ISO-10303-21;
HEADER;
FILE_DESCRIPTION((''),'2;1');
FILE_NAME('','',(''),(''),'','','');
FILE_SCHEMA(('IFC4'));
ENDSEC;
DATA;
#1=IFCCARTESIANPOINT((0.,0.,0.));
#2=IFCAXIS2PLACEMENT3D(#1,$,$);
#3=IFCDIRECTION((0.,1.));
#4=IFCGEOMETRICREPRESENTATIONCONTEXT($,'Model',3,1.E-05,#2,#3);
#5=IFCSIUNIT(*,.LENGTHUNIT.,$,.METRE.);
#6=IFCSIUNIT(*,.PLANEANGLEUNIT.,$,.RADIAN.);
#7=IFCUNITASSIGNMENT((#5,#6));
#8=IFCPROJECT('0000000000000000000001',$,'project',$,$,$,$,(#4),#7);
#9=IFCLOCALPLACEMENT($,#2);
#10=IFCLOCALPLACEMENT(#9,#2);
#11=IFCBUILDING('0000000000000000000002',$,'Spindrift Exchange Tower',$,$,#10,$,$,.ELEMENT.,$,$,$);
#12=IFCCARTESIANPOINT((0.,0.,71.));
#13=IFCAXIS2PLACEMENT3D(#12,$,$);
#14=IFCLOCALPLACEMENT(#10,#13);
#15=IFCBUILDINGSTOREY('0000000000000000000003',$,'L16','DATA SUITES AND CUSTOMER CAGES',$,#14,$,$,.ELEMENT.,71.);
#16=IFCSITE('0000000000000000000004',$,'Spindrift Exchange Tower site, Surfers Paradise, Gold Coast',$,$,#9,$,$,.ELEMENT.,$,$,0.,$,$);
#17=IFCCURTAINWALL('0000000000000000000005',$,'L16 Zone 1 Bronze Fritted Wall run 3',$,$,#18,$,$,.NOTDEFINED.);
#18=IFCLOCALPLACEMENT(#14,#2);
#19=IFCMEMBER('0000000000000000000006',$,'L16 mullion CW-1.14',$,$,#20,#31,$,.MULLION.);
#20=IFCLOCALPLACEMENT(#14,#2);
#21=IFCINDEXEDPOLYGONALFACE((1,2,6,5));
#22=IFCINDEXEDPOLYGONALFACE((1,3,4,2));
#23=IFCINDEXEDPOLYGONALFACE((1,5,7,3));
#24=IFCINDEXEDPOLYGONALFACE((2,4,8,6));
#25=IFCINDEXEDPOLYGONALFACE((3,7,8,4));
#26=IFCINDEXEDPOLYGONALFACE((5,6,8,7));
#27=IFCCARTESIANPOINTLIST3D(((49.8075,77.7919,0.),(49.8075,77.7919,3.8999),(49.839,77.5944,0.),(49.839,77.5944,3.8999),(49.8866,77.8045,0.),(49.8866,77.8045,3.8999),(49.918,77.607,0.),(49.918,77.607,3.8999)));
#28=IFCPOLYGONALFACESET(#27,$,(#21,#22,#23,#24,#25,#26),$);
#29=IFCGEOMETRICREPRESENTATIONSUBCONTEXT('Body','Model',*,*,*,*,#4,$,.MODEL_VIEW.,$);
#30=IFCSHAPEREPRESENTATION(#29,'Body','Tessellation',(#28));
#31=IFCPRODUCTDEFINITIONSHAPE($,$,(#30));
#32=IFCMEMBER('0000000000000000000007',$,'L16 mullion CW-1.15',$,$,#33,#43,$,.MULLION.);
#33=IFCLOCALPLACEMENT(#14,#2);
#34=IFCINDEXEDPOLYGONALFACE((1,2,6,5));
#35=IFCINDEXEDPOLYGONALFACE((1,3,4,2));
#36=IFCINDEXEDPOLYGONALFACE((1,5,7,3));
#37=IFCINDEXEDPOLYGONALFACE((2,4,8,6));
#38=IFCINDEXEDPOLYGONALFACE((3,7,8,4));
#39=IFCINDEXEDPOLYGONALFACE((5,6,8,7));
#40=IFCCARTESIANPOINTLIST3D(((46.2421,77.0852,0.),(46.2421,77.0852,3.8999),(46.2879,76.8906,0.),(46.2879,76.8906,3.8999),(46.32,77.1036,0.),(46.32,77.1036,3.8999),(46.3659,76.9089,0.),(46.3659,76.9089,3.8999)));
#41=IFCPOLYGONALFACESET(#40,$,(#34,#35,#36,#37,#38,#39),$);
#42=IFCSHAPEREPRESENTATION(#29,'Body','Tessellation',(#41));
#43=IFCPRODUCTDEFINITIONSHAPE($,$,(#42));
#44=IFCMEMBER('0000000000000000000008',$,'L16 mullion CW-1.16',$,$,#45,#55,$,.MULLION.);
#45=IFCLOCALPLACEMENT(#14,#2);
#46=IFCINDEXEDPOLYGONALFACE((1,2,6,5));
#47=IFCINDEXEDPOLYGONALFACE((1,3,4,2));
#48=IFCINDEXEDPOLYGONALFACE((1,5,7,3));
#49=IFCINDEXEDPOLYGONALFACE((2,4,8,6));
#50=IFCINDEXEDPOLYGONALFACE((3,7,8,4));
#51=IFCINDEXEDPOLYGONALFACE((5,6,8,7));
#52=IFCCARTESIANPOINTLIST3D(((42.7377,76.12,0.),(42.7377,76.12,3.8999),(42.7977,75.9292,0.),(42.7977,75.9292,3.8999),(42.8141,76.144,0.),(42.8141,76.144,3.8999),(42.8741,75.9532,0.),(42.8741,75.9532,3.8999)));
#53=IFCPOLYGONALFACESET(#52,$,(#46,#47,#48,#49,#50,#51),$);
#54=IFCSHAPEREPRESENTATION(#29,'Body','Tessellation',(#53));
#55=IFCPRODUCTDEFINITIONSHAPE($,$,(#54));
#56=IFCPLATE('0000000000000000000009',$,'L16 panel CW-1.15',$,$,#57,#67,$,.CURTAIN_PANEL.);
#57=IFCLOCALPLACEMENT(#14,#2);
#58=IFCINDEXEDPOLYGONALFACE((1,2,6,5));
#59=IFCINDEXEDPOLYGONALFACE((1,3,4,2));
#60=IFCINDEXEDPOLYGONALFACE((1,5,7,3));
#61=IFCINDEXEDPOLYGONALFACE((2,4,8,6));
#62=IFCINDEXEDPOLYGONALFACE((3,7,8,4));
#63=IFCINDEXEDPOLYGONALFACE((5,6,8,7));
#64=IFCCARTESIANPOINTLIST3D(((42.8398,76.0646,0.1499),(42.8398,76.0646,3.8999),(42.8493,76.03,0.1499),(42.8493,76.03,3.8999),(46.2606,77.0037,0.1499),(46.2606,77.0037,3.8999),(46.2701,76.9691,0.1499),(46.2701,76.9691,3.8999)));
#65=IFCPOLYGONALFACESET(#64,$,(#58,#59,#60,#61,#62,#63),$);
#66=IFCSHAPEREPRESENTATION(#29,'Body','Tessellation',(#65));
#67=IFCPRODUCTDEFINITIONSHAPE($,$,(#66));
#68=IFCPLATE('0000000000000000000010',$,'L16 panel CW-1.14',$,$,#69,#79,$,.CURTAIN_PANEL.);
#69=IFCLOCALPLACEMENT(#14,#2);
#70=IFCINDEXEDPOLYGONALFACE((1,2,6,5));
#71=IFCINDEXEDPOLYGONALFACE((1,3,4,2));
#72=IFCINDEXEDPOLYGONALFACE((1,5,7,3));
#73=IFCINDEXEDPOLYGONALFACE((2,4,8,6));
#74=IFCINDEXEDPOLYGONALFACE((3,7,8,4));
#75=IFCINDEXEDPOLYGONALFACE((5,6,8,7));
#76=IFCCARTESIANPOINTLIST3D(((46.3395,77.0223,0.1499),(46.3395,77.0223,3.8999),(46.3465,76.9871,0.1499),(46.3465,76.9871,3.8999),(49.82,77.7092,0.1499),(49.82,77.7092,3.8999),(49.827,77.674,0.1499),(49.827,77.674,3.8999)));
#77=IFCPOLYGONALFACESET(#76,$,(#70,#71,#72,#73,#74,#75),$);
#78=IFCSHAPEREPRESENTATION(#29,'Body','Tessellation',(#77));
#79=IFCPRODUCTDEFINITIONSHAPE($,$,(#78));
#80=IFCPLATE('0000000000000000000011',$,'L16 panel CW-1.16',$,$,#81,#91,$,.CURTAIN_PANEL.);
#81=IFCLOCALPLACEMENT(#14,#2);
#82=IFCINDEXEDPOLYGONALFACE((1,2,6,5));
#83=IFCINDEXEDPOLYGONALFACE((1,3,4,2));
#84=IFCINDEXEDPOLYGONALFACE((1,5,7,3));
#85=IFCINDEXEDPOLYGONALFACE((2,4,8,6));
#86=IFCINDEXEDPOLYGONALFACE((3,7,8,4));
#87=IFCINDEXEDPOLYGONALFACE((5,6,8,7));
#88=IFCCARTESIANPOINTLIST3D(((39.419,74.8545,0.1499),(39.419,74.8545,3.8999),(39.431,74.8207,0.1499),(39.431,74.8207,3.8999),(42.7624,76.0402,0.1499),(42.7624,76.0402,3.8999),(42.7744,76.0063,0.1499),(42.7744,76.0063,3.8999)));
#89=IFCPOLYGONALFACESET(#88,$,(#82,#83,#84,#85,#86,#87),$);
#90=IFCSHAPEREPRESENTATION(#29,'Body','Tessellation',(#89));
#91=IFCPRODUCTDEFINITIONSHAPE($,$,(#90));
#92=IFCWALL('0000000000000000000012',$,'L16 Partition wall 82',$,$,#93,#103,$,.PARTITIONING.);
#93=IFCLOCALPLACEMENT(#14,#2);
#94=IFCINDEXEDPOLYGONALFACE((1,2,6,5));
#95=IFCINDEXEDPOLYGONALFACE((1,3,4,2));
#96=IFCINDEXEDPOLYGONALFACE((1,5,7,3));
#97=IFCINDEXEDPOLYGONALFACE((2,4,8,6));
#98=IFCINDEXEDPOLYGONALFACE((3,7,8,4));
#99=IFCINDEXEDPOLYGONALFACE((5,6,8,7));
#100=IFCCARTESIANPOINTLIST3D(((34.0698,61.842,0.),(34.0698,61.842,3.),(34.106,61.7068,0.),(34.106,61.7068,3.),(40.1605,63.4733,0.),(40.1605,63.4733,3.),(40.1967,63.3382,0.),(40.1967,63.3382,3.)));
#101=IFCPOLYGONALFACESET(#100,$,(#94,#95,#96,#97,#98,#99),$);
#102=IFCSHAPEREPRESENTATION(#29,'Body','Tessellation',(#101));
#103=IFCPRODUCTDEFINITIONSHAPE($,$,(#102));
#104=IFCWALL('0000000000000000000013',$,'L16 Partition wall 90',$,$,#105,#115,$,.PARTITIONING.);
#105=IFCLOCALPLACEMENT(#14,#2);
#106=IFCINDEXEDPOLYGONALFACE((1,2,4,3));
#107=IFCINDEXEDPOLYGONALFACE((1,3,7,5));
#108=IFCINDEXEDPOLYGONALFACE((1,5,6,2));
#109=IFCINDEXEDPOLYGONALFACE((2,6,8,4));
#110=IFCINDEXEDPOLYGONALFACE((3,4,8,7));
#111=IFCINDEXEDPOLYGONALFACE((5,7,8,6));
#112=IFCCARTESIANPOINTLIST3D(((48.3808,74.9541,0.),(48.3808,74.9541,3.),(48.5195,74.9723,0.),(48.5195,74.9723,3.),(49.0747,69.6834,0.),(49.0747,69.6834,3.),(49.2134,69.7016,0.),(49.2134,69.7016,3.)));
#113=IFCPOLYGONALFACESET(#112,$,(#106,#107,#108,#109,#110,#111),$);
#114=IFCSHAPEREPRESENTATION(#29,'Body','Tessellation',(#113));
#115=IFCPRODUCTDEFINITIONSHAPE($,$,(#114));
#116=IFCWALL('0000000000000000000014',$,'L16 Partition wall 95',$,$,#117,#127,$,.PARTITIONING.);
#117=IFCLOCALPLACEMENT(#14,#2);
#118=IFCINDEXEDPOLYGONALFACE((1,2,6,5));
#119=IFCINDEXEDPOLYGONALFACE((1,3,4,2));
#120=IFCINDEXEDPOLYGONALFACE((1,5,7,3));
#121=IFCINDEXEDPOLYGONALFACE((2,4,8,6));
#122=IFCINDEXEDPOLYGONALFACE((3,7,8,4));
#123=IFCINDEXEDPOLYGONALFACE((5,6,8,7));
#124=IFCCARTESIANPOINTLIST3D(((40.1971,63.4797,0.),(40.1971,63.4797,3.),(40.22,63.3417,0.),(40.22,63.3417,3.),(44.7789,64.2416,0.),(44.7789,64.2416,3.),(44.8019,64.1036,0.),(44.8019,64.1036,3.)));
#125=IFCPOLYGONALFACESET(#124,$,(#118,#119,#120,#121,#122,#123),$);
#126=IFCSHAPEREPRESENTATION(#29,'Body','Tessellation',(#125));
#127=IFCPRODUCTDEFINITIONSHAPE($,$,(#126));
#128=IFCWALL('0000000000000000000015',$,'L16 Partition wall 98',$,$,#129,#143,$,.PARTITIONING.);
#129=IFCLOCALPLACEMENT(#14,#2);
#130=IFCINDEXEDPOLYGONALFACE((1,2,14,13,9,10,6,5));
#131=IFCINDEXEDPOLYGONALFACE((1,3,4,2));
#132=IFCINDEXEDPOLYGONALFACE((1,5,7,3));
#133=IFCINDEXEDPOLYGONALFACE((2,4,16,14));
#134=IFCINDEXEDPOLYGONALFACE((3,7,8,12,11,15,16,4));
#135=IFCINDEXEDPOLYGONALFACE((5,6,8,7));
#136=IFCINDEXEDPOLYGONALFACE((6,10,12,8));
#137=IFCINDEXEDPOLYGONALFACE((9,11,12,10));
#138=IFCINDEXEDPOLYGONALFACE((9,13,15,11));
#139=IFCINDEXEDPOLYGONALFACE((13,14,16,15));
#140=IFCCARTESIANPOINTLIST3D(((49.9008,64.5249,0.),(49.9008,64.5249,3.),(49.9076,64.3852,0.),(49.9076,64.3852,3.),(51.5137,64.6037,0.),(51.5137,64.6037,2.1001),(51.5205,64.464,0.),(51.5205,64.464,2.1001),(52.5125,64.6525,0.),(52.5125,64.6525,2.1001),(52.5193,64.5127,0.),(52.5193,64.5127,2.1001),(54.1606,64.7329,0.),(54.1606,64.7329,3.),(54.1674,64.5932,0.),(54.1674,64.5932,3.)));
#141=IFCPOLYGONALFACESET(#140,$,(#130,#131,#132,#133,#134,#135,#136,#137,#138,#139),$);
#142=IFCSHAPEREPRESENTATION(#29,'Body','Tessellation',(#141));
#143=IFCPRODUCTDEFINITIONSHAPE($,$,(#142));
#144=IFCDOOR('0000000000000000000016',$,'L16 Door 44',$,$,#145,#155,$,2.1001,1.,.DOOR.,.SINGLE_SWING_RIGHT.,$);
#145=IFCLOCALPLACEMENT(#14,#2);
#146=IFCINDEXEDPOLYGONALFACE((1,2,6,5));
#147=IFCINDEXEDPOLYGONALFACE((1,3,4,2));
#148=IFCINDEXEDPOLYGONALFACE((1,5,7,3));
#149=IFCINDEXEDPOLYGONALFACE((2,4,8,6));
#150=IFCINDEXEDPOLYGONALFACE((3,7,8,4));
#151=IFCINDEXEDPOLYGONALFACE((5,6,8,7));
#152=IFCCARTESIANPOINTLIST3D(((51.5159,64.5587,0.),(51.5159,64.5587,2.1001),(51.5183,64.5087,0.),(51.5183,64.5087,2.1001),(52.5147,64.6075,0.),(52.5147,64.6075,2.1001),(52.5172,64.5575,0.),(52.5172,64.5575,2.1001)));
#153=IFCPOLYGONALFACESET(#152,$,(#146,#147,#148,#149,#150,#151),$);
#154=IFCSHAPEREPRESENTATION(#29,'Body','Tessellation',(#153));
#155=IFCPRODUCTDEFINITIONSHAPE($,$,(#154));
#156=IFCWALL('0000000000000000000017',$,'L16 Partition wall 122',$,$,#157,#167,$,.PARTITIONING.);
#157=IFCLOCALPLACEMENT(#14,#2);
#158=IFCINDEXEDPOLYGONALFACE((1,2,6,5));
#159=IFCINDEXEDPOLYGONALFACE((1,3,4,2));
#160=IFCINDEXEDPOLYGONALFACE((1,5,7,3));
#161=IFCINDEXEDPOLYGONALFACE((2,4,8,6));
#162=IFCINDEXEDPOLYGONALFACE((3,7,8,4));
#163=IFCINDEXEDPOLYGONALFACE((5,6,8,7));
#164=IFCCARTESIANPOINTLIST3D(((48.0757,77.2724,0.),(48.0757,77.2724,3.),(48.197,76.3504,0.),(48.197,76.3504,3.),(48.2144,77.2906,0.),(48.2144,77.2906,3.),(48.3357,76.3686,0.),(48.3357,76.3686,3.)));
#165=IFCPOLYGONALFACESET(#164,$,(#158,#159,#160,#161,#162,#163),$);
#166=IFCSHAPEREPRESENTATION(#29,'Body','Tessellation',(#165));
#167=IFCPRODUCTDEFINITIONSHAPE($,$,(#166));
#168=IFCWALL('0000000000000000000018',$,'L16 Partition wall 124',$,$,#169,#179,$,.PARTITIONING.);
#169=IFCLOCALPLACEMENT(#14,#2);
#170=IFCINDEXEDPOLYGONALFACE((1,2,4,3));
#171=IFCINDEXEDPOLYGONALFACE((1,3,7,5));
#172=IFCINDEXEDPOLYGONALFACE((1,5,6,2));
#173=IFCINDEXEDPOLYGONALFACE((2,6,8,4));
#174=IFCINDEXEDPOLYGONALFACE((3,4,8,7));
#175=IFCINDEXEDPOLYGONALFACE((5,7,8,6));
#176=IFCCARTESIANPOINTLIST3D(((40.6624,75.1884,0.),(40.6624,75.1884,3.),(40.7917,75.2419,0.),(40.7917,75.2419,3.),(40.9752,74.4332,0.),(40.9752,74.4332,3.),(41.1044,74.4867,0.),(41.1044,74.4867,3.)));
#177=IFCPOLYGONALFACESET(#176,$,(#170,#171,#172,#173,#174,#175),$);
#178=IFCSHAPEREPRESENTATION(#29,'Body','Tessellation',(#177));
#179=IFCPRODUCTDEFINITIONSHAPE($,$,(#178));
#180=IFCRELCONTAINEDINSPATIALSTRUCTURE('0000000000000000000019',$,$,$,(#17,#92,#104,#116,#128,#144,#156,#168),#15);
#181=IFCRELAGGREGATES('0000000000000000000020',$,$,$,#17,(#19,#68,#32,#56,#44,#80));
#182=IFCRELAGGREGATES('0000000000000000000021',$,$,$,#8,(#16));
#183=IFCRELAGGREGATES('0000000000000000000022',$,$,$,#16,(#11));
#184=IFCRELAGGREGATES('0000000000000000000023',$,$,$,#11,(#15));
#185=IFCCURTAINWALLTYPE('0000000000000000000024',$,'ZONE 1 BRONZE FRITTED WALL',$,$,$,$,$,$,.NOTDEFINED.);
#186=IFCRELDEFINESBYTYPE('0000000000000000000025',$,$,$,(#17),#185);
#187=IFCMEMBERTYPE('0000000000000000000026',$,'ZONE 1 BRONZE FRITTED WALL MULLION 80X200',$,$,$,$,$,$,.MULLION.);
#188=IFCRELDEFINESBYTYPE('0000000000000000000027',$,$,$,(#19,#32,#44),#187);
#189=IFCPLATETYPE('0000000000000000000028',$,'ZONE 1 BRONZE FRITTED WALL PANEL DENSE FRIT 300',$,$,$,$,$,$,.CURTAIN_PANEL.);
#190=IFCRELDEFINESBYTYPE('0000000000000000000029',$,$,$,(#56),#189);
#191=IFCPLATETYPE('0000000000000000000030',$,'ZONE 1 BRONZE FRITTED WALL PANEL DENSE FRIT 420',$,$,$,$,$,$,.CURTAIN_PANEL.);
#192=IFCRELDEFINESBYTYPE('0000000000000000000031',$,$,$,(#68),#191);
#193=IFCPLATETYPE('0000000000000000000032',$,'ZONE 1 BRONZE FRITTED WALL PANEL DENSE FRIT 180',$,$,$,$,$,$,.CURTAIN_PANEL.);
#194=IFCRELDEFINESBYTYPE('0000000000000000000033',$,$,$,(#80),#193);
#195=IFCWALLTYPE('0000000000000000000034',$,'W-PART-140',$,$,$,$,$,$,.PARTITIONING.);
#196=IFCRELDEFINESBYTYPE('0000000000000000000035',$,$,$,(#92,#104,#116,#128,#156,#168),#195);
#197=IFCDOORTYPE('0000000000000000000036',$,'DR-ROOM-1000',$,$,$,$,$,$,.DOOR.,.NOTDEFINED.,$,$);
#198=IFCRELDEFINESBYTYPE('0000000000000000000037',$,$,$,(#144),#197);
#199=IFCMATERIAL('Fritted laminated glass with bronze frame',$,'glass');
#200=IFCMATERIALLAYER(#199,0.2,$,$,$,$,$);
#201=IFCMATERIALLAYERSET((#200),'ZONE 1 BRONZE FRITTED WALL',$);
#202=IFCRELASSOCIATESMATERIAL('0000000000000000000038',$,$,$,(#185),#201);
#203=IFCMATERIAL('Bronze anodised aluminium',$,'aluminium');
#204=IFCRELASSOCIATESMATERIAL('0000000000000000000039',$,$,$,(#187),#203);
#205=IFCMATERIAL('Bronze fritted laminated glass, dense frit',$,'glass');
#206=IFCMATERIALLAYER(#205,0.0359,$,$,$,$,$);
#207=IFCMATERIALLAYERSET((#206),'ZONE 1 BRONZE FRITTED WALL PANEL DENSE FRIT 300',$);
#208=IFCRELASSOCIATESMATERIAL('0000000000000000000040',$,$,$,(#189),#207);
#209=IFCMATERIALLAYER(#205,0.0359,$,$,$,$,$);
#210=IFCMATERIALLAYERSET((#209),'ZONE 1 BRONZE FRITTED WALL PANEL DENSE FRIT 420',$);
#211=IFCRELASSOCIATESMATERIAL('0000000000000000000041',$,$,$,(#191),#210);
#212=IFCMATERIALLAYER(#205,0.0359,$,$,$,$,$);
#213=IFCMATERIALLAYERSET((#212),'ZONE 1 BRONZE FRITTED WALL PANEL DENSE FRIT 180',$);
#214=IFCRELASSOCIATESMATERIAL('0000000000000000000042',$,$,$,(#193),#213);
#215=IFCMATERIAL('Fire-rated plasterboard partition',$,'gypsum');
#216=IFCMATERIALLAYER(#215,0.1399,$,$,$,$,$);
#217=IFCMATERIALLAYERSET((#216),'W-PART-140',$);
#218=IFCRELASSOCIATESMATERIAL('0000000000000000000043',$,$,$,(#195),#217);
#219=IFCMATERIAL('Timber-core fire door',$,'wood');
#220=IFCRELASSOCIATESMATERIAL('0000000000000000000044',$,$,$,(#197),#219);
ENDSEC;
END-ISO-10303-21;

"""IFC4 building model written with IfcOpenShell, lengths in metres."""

from ifc_helpers import new_model, si_unit, direction, frame, frame_2d, origin, origin_2d, place, context, subcontext, project, spatial, rectangle, extrude, source, transform, mapped, material, layer, layer_set, material_profile, profile_set, type_object, element, fill, aggregate, save


model = new_model("IFC4")

# Units and contexts
model_context = context("Model", 3, precision=1e-05, world=origin(), true_north=direction((0.0, 1.0)))
body_context = subcontext(model_context, "Body", "Model", "MODEL_VIEW")
ifc_project = project(units=[si_unit("LENGTHUNIT", "METRE"), si_unit("PLANEANGLEUNIT", "RADIAN")], contexts=[model_context])

# Site, building, storey
site_placement = place(None, origin())
site = spatial("IfcSite", under=ifc_project, at=site_placement, Name="Spindrift Exchange Tower site, Surfers Paradise, Gold Coast", CompositionType="ELEMENT", RefElevation=0.0)
building_placement = place(site_placement, origin())
building = spatial("IfcBuilding", under=site, at=building_placement, Name="Spindrift Exchange Tower", CompositionType="ELEMENT")
storey_placement = place(building_placement, frame((0.0, 0.0, 71.0)))
storey = spatial("IfcBuildingStorey", under=building, at=storey_placement, Name="L16", Description="DATA SUITES AND CUSTOMER CAGES", CompositionType="ELEMENT", Elevation=71.0)

# Curtain wall, members, plates
ifc_material_1 = material(Name="Fritted laminated glass with bronze frame", Category="glass")
ifc_layer_1 = layer(ifc_material_1, 0.2)
ifc_layer_set_1 = layer_set([ifc_layer_1], Name="ZONE 1 BRONZE FRITTED WALL")
curtain_wall_type = type_object("IfcCurtainWallType", Name="ZONE 1 BRONZE FRITTED WALL", PredefinedType="NOTDEFINED", material=ifc_layer_set_1)
curtain_wall_placement = place(storey_placement, origin())
curtain_wall = element("IfcCurtainWall", 1, at=curtain_wall_placement, inside=storey, type_object=curtain_wall_type, Name="L16 Zone 1 Bronze Fritted Wall run 3", PredefinedType="NOTDEFINED")
ifc_material_2 = material(Name="Bronze anodised aluminium", Category="aluminium")
ifc_material_profile_1 = material_profile(ifc_material_2, rectangle(XDim=0.0801, YDim=0.2, at=origin_2d()), Name="ZONE 1 BRONZE FRITTED WALL MULLION 80X200")
ifc_profile_set_1 = profile_set([ifc_material_profile_1], Name="Bronze anodised aluminium")
member_type_1 = type_object("IfcMemberType", Name="ZONE 1 BRONZE FRITTED WALL MULLION 80X200", PredefinedType="MULLION", material=ifc_profile_set_1)
shared_shape_1 = source(origin(), body_context, "Body", "SweptSolid", [
    extrude(rectangle(XDim=0.0801, YDim=0.2, at=origin_2d()), origin(), (0.0, 0.0, 1.0), 3.8999),
])
member_1_placement = place(storey_placement, frame((49.8628, 77.6995, 0.0), z_axis=(0.0, 0.0, 1.0), x_axis=(-0.987573, -0.157162, 0.0)))
member_1 = element("IfcMember", 2, at=member_1_placement, type_object=member_type_1, Name="L16 mullion CW-1.14", PredefinedType="MULLION", context=body_context, shape_type="MappedRepresentation", body=[
    mapped(shared_shape_1, transform((0.0, 0.0, 0.0), scale=1.0)),
])
member_2_placement = place(storey_placement, frame((46.304, 76.9971, 0.0), z_axis=(0.0, 0.0, 1.0), x_axis=(-0.973347, -0.229337, 0.0)))
member_2 = element("IfcMember", 3, at=member_2_placement, type_object=member_type_1, Name="L16 mullion CW-1.15", PredefinedType="MULLION", context=body_context, shape_type="MappedRepresentation", body=[
    mapped(shared_shape_1, transform((0.0, 0.0, 0.0), scale=1.0)),
])
member_3_placement = place(storey_placement, frame((42.8059, 76.0366, 0.0), z_axis=(0.0, 0.0, 1.0), x_axis=(-0.954038, -0.299686, 0.0)))
member_3 = element("IfcMember", 4, at=member_3_placement, type_object=member_type_1, Name="L16 mullion CW-1.16", PredefinedType="MULLION", context=body_context, shape_type="MappedRepresentation", body=[
    mapped(shared_shape_1, transform((0.0, 0.0, 0.0), scale=1.0)),
])
ifc_material_3 = material(Name="Bronze fritted laminated glass, dense frit", Category="glass")
ifc_layer_2 = layer(ifc_material_3, 0.0359)
ifc_layer_set_2 = layer_set([ifc_layer_2], Name="ZONE 1 BRONZE FRITTED WALL PANEL DENSE FRIT 300")
plate_type_1 = type_object("IfcPlateType", Name="ZONE 1 BRONZE FRITTED WALL PANEL DENSE FRIT 300", PredefinedType="CURTAIN_PANEL", material=ifc_layer_set_2)
shared_shape_2 = source(origin(), body_context, "Body", "SweptSolid", [
    extrude(rectangle(XDim=3.5474, YDim=0.0359, at=origin_2d()), origin(), (0.0, 0.0, 1.0), 3.75),
])
plate_1_placement = place(storey_placement, frame((44.5549, 76.5168, 0.1499), z_axis=(0.0, 0.0, 1.0), x_axis=(-0.964322, -0.264733, 0.0)))
plate_1 = element("IfcPlate", 5, at=plate_1_placement, type_object=plate_type_1, Name="L16 panel CW-1.15", PredefinedType="CURTAIN_PANEL", context=body_context, shape_type="MappedRepresentation", body=[
    mapped(shared_shape_2, transform((0.0, 0.0, 0.0), scale=1.0)),
])
ifc_layer_3 = layer(ifc_material_3, 0.0359)
ifc_layer_set_3 = layer_set([ifc_layer_3], Name="ZONE 1 BRONZE FRITTED WALL PANEL DENSE FRIT 420")
plate_type_2 = type_object("IfcPlateType", Name="ZONE 1 BRONZE FRITTED WALL PANEL DENSE FRIT 420", PredefinedType="CURTAIN_PANEL", material=ifc_layer_set_3)
shared_shape_3 = source(origin(), body_context, "Body", "SweptSolid", [
    extrude(rectangle(XDim=3.5476, YDim=0.0359, at=origin_2d()), origin(), (0.0, 0.0, 1.0), 3.75),
])
plate_2_placement = place(storey_placement, frame((48.0833, 77.3481, 0.1499), z_axis=(0.0, 0.0, 1.0), x_axis=(-0.981074, -0.193635, 0.0)))
plate_2 = element("IfcPlate", 6, at=plate_2_placement, type_object=plate_type_2, Name="L16 panel CW-1.14", PredefinedType="CURTAIN_PANEL", context=body_context, shape_type="MappedRepresentation", body=[
    mapped(shared_shape_3, transform((0.0, 0.0, 0.0), scale=1.0)),
])
ifc_layer_4 = layer(ifc_material_3, 0.0359)
ifc_layer_set_4 = layer_set([ifc_layer_4], Name="ZONE 1 BRONZE FRITTED WALL PANEL DENSE FRIT 180")
plate_type_3 = type_object("IfcPlateType", Name="ZONE 1 BRONZE FRITTED WALL PANEL DENSE FRIT 180", PredefinedType="CURTAIN_PANEL", material=ifc_layer_set_4)
shared_shape_4 = source(origin(), body_context, "Body", "SweptSolid", [
    extrude(rectangle(XDim=3.5474, YDim=0.0359, at=origin_2d()), origin(), (0.0, 0.0, 1.0), 3.75),
])
plate_3_placement = place(storey_placement, frame((41.0967, 75.4304, 0.1499), z_axis=(0.0, 0.0, 1.0), x_axis=(-0.942488, -0.334241, 0.0)))
plate_3 = element("IfcPlate", 7, at=plate_3_placement, type_object=plate_type_3, Name="L16 panel CW-1.16", PredefinedType="CURTAIN_PANEL", context=body_context, shape_type="MappedRepresentation", body=[
    mapped(shared_shape_4, transform((0.0, 0.0, 0.0), scale=1.0)),
])
aggregate(curtain_wall, [member_1, plate_2, member_2, plate_1, member_3, plate_3])

# Walls
ifc_material_4 = material(Name="Fire-rated plasterboard partition", Category="gypsum")
ifc_layer_5 = layer(ifc_material_4, 0.1399)
ifc_layer_set_5 = layer_set([ifc_layer_5], Name="W-PART-140")
wall_type_1 = type_object("IfcWallType", Name="W-PART-140", PredefinedType="PARTITIONING", material=ifc_layer_set_5)
wall_1_placement = place(storey_placement, frame((40.1787, 63.4058, 0.0), z_axis=(0.0, 0.0, 1.0), x_axis=(-0.965953, -0.258718, 0.0)))
element("IfcWall", 8, at=wall_1_placement, inside=storey, type_object=wall_type_1, Name="L16 Partition wall 82", PredefinedType="PARTITIONING", context=body_context, shape_type="SweptSolid", body=[
    extrude(rectangle(XDim=6.3054, YDim=0.1399, at=frame_2d((3.1528, 0.0))), origin(), (0.0, 0.0, 1.0), 3.0),
])
wall_2_placement = place(storey_placement, frame((49.144, 69.6924, 0.0), z_axis=(0.0, 0.0, 1.0), x_axis=(-0.130515, 0.991446, 0.0)))
element("IfcWall", 9, at=wall_2_placement, inside=storey, type_object=wall_type_1, Name="L16 Partition wall 90", PredefinedType="PARTITIONING", context=body_context, shape_type="SweptSolid", body=[
    extrude(rectangle(XDim=5.3162, YDim=0.1399, at=frame_2d((2.6582, 0.0))), origin(), (0.0, 0.0, 1.0), 3.0),
])
wall_3_placement = place(storey_placement, frame((44.7903, 64.1726, 0.0), z_axis=(0.0, 0.0, 1.0), x_axis=(-0.986452, -0.16405, 0.0)))
element("IfcWall", 10, at=wall_3_placement, inside=storey, type_object=wall_type_1, Name="L16 Partition wall 95", PredefinedType="PARTITIONING", context=body_context, shape_type="SweptSolid", body=[
    extrude(rectangle(XDim=4.6448, YDim=0.1399, at=frame_2d((2.3223, 0.0))), origin(), (0.0, 0.0, 1.0), 3.0),
])

# Wall, opening, door
wall_4_placement = place(storey_placement, frame((49.9043, 64.4551, 0.0), z_axis=(0.0, 0.0, 1.0), x_axis=(0.99881, 0.048773, 0.0)))
wall_4 = element("IfcWall", 11, at=wall_4_placement, inside=storey, type_object=wall_type_1, Name="L16 Partition wall 98", PredefinedType="PARTITIONING", context=body_context, shape_type="SweptSolid", body=[
    extrude(rectangle(XDim=4.2649, YDim=0.1399, at=frame_2d((2.1323, 0.0))), origin(), (0.0, 0.0, 1.0), 3.0),
])
opening_1_placement = place(wall_4_placement, frame((1.6147, 0.0, 0.0)))
opening_1 = element("IfcOpeningElement", 12, at=opening_1_placement, cuts=wall_4, PredefinedType="OPENING", context=body_context, shape_type="SweptSolid", body=[
    extrude(rectangle(XDim=1.0, YDim=2.1001, at=frame_2d((0.5, 1.05))), frame((0.0, 0.0798, 0.0), z_axis=(0.0, -1.0, 0.0), x_axis=(1.0, 0.0, 0.0)), (0.0, 0.0, 1.0), 0.1599),
])
ifc_material_5 = material(Name="Timber-core fire door", Category="wood")
door_type = type_object("IfcDoorType", Name="DR-ROOM-1000", OperationType="NOTDEFINED", PredefinedType="DOOR", material=ifc_material_5)
shared_shape_5 = source(origin(), body_context, "Body", "SweptSolid", [
    extrude(rectangle(XDim=1.0, YDim=2.1001, at=frame_2d((0.5, 1.05))), frame((0.0, 0.0249, 0.0), z_axis=(0.0, -1.0, 0.0), x_axis=(1.0, 0.0, 0.0)), (0.0, 0.0, 1.0), 0.05),
])
door_1_placement = place(opening_1_placement, origin())
door_1 = element("IfcDoor", 13, at=door_1_placement, inside=storey, type_object=door_type, Name="L16 Door 44", OperationType="SINGLE_SWING_RIGHT", OverallHeight=2.1001, OverallWidth=1.0, PredefinedType="DOOR", context=body_context, shape_type="MappedRepresentation", body=[
    mapped(shared_shape_5, transform((0.0, 0.0, 0.0), scale=1.0)),
])
fill(opening_1, door_1)

# Walls
wall_5_placement = place(storey_placement, frame((48.2664, 76.3596, 0.0), z_axis=(0.0, 0.0, 1.0), x_axis=(-0.130495, 0.991449, 0.0)))
element("IfcWall", 14, at=wall_5_placement, inside=storey, type_object=wall_type_1, Name="L16 Partition wall 122", PredefinedType="PARTITIONING", context=body_context, shape_type="SweptSolid", body=[
    extrude(rectangle(XDim=0.9299, YDim=0.1399, at=frame_2d((0.4648, 0.0))), origin(), (0.0, 0.0, 1.0), 3.0),
])
wall_6_placement = place(storey_placement, frame((41.0398, 74.46, 0.0), z_axis=(0.0, 0.0, 1.0), x_axis=(-0.382642, 0.923897, 0.0)))
element("IfcWall", 15, at=wall_6_placement, inside=storey, type_object=wall_type_1, Name="L16 Partition wall 124", PredefinedType="PARTITIONING", context=body_context, shape_type="SweptSolid", body=[
    extrude(rectangle(XDim=0.8174, YDim=0.1399, at=frame_2d((0.4087, 0.0))), origin(), (0.0, 0.0, 1.0), 3.0),
])

save(model, "model.ifc")
